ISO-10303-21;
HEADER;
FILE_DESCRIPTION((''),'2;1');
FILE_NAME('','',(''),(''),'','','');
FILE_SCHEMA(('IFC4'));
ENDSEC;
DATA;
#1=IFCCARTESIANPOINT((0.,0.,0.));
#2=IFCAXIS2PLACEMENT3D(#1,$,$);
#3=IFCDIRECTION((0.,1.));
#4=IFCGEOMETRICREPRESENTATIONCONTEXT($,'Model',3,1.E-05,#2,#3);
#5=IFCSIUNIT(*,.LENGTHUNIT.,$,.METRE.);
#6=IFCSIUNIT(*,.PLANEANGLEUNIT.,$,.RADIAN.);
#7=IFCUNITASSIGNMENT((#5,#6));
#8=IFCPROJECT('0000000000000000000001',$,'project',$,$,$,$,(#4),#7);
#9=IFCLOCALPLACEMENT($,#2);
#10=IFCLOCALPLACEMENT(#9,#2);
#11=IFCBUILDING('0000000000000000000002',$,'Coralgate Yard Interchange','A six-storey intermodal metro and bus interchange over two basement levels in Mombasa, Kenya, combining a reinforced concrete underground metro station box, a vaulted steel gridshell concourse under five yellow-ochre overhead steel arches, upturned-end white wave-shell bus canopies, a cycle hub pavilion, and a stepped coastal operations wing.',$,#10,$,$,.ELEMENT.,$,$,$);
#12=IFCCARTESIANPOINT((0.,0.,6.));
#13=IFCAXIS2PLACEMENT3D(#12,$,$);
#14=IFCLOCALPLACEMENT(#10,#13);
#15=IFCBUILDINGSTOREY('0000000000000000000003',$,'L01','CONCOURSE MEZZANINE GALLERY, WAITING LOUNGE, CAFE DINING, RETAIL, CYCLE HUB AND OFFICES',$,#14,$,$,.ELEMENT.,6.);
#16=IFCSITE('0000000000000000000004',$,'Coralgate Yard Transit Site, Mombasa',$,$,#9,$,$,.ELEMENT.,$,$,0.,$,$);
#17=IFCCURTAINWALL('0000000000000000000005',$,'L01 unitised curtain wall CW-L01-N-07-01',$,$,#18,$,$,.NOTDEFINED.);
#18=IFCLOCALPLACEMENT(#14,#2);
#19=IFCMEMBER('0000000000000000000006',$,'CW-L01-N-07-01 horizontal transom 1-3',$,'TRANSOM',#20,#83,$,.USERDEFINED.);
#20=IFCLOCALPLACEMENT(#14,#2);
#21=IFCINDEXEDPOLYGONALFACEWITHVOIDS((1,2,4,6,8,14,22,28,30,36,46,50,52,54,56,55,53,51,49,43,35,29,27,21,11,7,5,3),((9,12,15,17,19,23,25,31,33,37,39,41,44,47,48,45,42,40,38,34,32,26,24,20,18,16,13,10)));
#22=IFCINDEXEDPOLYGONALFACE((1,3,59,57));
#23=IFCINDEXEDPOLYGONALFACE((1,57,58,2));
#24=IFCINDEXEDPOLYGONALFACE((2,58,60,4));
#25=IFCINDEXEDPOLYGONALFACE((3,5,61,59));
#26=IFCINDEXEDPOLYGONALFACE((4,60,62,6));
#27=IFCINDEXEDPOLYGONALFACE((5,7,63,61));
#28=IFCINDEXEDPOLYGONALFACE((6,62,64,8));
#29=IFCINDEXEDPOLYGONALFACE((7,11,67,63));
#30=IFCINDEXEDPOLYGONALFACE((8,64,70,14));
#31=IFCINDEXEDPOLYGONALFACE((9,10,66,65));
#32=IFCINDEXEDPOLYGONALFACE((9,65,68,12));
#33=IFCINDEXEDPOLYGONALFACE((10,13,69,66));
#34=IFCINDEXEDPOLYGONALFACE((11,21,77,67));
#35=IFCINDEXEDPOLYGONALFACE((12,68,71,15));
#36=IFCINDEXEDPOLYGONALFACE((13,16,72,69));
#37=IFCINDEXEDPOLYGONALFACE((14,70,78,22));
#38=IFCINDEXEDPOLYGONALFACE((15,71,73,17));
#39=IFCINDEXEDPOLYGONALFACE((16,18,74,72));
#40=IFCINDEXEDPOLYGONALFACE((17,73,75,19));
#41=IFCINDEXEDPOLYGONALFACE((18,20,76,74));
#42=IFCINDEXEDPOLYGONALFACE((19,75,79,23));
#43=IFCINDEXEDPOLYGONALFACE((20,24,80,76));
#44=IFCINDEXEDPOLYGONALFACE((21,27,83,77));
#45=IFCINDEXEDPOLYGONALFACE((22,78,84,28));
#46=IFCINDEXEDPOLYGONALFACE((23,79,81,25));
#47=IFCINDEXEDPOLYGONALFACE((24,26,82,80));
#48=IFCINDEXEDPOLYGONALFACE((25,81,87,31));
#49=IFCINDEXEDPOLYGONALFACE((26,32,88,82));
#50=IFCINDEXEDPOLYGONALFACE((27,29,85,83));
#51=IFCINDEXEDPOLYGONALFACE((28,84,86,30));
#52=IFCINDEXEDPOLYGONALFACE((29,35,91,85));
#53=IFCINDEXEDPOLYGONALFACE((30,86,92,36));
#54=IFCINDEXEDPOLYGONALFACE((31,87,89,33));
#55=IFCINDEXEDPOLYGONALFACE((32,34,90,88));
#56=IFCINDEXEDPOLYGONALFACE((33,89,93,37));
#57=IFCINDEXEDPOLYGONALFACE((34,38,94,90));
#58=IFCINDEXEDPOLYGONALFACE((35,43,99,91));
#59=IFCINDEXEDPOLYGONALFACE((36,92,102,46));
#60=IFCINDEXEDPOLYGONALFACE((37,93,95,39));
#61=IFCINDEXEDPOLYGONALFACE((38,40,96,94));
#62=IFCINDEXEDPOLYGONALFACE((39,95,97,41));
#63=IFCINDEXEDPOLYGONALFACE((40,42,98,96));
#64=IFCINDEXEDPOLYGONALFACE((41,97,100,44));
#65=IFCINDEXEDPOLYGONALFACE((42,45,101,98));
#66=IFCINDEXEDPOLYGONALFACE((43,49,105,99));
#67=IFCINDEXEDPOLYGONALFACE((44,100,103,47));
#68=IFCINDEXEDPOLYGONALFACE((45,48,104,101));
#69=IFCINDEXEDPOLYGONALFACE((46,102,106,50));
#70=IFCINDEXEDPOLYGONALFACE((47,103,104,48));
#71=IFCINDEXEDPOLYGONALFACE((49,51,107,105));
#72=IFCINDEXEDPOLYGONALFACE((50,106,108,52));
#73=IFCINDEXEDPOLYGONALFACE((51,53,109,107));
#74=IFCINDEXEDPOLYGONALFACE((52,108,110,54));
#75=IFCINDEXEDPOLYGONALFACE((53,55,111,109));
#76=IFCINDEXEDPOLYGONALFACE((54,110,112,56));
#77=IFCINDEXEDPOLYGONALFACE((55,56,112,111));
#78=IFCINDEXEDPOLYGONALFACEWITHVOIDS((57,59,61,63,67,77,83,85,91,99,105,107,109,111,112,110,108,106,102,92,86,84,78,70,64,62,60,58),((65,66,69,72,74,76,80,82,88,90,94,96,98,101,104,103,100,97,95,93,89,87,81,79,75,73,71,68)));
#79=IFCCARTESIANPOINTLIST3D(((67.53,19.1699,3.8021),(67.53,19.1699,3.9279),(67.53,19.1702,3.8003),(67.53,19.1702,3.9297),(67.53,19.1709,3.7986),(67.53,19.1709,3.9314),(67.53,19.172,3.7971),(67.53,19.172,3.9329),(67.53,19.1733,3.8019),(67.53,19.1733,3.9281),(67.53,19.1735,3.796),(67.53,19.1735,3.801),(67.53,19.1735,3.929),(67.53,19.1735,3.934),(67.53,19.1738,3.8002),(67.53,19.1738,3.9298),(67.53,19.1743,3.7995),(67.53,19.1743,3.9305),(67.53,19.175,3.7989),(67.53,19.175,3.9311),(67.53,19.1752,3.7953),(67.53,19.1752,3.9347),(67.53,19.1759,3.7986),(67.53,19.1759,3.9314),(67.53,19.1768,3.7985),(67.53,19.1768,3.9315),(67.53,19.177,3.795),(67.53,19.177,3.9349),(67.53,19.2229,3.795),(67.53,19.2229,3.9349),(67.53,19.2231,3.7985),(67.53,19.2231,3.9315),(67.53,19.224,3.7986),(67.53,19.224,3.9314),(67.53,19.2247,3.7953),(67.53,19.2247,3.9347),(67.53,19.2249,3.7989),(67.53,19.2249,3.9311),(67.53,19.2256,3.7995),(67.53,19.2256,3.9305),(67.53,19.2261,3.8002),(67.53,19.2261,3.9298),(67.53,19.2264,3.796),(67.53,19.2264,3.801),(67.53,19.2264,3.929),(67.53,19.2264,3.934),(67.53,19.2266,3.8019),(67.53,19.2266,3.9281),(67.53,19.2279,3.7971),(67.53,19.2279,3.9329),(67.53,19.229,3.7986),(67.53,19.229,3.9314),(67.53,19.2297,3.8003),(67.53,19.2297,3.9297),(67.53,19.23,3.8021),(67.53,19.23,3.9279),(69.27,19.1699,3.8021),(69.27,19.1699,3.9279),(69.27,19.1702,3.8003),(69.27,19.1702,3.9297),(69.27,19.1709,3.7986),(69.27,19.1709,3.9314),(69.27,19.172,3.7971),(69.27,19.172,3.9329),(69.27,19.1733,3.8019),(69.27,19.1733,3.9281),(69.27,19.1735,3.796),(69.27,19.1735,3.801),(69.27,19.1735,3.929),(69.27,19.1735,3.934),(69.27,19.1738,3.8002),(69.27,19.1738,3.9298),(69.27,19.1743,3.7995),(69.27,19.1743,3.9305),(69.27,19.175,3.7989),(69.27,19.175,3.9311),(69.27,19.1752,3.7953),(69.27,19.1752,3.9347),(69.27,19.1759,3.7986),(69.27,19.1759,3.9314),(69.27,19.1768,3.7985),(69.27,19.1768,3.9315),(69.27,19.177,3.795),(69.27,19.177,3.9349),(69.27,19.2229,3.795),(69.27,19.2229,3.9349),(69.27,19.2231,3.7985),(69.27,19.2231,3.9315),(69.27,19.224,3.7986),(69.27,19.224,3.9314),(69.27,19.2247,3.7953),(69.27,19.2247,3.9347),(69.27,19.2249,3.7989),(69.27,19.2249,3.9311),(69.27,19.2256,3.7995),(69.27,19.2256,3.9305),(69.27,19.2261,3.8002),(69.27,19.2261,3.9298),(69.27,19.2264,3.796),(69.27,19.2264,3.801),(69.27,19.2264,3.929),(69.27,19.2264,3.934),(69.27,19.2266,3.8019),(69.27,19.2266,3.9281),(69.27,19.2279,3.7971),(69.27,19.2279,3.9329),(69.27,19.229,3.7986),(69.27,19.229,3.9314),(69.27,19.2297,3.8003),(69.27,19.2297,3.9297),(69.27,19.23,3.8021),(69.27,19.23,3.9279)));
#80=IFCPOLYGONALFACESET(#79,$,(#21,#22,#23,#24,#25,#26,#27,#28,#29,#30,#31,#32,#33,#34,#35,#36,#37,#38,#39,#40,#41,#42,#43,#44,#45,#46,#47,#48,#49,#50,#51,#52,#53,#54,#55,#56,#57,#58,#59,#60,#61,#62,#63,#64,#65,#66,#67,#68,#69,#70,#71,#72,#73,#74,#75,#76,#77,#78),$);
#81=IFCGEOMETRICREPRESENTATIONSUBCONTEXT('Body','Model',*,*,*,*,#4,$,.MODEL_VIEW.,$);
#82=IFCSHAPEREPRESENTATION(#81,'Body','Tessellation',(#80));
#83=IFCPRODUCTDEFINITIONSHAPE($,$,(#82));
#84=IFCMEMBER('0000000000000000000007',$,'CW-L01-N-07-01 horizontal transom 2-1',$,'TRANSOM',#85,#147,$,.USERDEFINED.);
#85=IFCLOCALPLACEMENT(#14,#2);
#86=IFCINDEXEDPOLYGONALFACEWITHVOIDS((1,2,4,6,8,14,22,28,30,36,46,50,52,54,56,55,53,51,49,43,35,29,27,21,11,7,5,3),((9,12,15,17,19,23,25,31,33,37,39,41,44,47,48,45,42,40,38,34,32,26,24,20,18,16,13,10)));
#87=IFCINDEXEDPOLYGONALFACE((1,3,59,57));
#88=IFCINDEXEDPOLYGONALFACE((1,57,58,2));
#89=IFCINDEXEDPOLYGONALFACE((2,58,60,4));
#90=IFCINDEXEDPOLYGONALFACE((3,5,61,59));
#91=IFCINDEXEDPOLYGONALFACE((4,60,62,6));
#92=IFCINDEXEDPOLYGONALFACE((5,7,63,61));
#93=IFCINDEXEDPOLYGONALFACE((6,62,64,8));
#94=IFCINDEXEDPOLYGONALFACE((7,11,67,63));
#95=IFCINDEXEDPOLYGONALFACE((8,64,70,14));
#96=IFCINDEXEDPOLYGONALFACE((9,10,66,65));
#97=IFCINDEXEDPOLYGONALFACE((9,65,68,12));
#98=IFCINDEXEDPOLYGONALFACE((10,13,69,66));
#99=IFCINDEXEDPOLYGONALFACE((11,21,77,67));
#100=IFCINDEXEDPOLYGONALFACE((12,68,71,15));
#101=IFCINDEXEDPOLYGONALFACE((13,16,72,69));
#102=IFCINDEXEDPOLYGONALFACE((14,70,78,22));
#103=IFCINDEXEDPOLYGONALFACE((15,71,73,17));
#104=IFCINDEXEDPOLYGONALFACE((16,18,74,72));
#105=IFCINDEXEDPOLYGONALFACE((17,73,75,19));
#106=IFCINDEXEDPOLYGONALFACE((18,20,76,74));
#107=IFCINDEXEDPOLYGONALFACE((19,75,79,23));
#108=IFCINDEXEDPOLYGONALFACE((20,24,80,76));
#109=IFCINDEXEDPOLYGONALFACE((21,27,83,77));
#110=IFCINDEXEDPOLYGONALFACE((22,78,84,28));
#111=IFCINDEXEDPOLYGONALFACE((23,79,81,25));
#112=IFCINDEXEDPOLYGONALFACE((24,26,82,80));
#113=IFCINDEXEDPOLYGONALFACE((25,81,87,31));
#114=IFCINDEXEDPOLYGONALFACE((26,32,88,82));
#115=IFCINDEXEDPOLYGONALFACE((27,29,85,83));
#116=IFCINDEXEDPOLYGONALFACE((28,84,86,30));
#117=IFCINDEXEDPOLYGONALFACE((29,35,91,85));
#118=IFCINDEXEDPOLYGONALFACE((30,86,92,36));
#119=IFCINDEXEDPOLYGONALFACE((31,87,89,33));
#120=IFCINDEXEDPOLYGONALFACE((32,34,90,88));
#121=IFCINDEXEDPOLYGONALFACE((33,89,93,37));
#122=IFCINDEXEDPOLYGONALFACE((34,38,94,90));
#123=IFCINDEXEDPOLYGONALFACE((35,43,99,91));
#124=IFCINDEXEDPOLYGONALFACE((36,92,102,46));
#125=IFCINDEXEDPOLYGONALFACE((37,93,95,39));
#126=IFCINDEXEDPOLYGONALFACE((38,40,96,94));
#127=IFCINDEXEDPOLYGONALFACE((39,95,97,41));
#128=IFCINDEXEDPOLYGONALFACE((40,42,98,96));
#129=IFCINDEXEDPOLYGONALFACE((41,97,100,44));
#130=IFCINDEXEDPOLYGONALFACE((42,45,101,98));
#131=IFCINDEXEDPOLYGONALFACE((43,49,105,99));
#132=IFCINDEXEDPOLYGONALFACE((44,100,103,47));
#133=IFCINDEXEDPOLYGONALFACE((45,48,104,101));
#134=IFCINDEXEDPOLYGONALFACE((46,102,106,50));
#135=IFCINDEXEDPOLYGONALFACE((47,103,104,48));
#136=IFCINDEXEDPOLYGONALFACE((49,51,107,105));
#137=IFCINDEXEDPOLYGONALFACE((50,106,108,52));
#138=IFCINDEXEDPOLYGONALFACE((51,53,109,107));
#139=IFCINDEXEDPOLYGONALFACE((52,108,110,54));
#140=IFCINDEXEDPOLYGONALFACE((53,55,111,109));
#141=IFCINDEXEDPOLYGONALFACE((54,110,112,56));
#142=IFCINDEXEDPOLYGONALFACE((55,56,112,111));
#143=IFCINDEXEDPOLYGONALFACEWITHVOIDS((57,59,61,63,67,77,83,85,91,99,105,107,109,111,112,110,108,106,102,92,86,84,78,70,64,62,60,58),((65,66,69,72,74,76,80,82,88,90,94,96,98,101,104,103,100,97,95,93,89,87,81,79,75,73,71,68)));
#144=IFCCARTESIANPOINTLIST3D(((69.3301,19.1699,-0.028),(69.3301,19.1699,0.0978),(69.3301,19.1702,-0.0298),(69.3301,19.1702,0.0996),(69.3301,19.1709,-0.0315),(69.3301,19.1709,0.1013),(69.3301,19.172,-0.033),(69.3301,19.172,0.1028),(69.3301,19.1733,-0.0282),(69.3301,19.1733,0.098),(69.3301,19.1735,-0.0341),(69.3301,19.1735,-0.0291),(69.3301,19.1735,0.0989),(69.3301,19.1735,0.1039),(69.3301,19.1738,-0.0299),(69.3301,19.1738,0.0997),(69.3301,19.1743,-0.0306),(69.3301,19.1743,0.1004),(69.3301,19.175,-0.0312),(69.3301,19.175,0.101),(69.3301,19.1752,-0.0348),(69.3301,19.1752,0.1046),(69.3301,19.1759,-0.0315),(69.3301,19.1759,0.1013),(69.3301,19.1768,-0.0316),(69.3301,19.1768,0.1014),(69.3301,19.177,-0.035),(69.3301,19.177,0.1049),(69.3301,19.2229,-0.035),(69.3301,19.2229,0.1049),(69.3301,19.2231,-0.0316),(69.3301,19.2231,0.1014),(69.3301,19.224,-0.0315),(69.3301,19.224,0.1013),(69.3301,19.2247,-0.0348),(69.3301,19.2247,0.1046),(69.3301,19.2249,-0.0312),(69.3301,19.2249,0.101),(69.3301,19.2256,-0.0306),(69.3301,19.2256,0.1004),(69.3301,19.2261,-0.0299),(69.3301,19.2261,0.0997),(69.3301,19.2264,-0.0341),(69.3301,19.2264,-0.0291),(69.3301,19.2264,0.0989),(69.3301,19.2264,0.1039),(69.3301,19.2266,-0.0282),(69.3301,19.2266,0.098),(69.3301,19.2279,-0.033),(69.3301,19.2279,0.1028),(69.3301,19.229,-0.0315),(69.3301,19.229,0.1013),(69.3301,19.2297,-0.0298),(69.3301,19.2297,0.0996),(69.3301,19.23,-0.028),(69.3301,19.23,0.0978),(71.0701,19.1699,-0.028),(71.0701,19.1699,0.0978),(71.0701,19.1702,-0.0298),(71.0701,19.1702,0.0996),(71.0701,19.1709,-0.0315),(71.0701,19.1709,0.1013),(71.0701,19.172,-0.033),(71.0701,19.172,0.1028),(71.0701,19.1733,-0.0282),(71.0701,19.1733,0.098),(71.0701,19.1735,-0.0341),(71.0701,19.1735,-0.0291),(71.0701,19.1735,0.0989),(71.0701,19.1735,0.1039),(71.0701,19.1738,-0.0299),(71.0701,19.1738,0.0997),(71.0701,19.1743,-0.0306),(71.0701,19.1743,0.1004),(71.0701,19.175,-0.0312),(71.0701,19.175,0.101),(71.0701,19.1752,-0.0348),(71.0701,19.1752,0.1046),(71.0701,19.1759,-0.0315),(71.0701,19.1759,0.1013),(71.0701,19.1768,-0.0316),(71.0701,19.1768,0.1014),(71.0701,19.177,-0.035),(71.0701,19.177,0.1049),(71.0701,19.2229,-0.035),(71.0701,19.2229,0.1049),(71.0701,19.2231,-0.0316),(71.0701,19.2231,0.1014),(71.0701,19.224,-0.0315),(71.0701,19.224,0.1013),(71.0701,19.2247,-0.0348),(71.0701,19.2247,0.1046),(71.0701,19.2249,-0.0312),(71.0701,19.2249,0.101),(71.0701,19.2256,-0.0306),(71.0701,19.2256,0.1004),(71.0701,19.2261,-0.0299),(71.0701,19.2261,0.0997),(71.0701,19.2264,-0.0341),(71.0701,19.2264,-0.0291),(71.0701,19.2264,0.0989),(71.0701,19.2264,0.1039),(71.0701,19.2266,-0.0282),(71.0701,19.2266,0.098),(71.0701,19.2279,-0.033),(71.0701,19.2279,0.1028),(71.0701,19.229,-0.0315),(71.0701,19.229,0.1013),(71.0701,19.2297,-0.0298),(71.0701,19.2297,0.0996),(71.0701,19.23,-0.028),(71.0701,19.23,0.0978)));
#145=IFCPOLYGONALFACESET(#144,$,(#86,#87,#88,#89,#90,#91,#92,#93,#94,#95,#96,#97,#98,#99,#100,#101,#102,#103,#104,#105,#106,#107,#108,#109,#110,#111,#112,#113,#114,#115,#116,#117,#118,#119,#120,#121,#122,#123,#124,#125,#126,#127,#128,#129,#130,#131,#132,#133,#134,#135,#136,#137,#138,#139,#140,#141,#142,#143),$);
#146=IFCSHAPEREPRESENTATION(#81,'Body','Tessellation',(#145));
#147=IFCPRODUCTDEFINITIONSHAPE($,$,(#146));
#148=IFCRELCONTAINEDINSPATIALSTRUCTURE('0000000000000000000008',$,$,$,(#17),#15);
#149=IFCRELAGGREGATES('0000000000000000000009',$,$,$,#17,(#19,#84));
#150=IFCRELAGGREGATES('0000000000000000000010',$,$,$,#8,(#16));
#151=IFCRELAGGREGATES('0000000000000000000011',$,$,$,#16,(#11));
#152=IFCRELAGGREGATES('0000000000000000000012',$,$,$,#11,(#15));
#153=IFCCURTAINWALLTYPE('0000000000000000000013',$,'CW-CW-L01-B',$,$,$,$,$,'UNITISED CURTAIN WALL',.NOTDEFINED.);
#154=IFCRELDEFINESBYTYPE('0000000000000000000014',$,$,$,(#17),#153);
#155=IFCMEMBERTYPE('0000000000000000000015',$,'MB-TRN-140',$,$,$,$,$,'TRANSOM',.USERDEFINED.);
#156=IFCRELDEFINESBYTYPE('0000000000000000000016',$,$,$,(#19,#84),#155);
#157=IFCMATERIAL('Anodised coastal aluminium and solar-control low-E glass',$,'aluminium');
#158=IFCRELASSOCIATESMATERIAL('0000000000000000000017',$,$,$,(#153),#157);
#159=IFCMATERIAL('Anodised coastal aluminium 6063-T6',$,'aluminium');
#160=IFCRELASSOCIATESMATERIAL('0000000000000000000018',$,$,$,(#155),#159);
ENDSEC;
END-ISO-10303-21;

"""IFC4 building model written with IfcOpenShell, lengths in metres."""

from ifc_helpers import new_model, si_unit, direction, frame, origin, origin_2d, place, context, subcontext, project, spatial, hollow_rectangle, extrude, material, material_profile, profile_set, type_object, element, aggregate, save


model = new_model("IFC4")

# Units and contexts
model_context = context("Model", 3, precision=1e-05, world=origin(), true_north=direction((0.0, 1.0)))
body_context = subcontext(model_context, "Body", "Model", "MODEL_VIEW")
ifc_project = project(units=[si_unit("LENGTHUNIT", "METRE"), si_unit("PLANEANGLEUNIT", "RADIAN")], contexts=[model_context])

# Site, building, storey
site_placement = place(None, origin())
site = spatial("IfcSite", under=ifc_project, at=site_placement, Name="Coralgate Yard Transit Site, Mombasa", CompositionType="ELEMENT", RefElevation=0.0)
building_placement = place(site_placement, origin())
building = spatial("IfcBuilding", under=site, at=building_placement, Name="Coralgate Yard Interchange", Description="A six-storey intermodal metro and bus interchange over two basement levels in Mombasa, Kenya, combining a reinforced concrete underground metro station box, a vaulted steel gridshell concourse under five yellow-ochre overhead steel arches, upturned-end white wave-shell bus canopies, a cycle hub pavilion, and a stepped coastal operations wing.", CompositionType="ELEMENT")
storey_placement = place(building_placement, frame((0.0, 0.0, 6.0)))
storey = spatial("IfcBuildingStorey", under=building, at=storey_placement, Name="L01", Description="CONCOURSE MEZZANINE GALLERY, WAITING LOUNGE, CAFE DINING, RETAIL, CYCLE HUB AND OFFICES", CompositionType="ELEMENT", Elevation=6.0)

# Shared definitions
ifc_material_1 = material(Name="Anodised coastal aluminium and solar-control low-E glass", Category="aluminium")
curtain_wall_type = type_object("IfcCurtainWallType", Name="CW-CW-L01-B", ElementType="UNITISED CURTAIN WALL", PredefinedType="NOTDEFINED", material=ifc_material_1)
ifc_material_2 = material(Name="Anodised coastal aluminium 6063-T6", Category="aluminium")

# Curtain wall
curtain_wall_1_placement = place(storey_placement, origin())
curtain_wall_1 = element("IfcCurtainWall", 1, at=curtain_wall_1_placement, inside=storey, type_object=curtain_wall_type, Name="L01 unitised curtain wall CW-L01-N-07-01", PredefinedType="NOTDEFINED")

# Members
ifc_material_profile_1 = material_profile(ifc_material_2, hollow_rectangle(XDim=0.0601, YDim=0.1399, WallThickness=0.0034, InnerFilletRadius=0.0034, OuterFilletRadius=0.0071, at=origin_2d()), Name="ALU 60x140x3.5")
ifc_profile_set_1 = profile_set([ifc_material_profile_1], Name="Anodised coastal aluminium 6063-T6")
member_type_1 = type_object("IfcMemberType", Name="MB-TRN-140", ElementType="TRANSOM", PredefinedType="USERDEFINED", material=ifc_profile_set_1)
member_1_placement = place(storey_placement, frame((67.53, 19.2, 3.865), z_axis=(1.0, 0.0, 0.0), x_axis=(0.0, 1.0, 0.0)))
member_1 = element("IfcMember", 2, at=member_1_placement, type_object=member_type_1, Name="CW-L01-N-07-01 horizontal transom 1-3", ObjectType="TRANSOM", PredefinedType="USERDEFINED", context=body_context, shape_type="SweptSolid", body=[
    extrude(hollow_rectangle(XDim=0.0601, YDim=0.1399, WallThickness=0.0034, InnerFilletRadius=0.0034, OuterFilletRadius=0.0071, at=origin_2d()), origin(), (0.0, 0.0, 1.0), 1.74),
])
member_2_placement = place(storey_placement, frame((69.3301, 19.2, 0.0349), z_axis=(1.0, 0.0, 0.0), x_axis=(0.0, 1.0, 0.0)))
member_2 = element("IfcMember", 3, at=member_2_placement, type_object=member_type_1, Name="CW-L01-N-07-01 horizontal transom 2-1", ObjectType="TRANSOM", PredefinedType="USERDEFINED", context=body_context, shape_type="SweptSolid", body=[
    extrude(hollow_rectangle(XDim=0.0601, YDim=0.1399, WallThickness=0.0034, InnerFilletRadius=0.0034, OuterFilletRadius=0.0071, at=origin_2d()), origin(), (0.0, 0.0, 1.0), 1.74),
])

aggregate(curtain_wall_1, [member_1, member_2])

save(model, "model.ifc")
